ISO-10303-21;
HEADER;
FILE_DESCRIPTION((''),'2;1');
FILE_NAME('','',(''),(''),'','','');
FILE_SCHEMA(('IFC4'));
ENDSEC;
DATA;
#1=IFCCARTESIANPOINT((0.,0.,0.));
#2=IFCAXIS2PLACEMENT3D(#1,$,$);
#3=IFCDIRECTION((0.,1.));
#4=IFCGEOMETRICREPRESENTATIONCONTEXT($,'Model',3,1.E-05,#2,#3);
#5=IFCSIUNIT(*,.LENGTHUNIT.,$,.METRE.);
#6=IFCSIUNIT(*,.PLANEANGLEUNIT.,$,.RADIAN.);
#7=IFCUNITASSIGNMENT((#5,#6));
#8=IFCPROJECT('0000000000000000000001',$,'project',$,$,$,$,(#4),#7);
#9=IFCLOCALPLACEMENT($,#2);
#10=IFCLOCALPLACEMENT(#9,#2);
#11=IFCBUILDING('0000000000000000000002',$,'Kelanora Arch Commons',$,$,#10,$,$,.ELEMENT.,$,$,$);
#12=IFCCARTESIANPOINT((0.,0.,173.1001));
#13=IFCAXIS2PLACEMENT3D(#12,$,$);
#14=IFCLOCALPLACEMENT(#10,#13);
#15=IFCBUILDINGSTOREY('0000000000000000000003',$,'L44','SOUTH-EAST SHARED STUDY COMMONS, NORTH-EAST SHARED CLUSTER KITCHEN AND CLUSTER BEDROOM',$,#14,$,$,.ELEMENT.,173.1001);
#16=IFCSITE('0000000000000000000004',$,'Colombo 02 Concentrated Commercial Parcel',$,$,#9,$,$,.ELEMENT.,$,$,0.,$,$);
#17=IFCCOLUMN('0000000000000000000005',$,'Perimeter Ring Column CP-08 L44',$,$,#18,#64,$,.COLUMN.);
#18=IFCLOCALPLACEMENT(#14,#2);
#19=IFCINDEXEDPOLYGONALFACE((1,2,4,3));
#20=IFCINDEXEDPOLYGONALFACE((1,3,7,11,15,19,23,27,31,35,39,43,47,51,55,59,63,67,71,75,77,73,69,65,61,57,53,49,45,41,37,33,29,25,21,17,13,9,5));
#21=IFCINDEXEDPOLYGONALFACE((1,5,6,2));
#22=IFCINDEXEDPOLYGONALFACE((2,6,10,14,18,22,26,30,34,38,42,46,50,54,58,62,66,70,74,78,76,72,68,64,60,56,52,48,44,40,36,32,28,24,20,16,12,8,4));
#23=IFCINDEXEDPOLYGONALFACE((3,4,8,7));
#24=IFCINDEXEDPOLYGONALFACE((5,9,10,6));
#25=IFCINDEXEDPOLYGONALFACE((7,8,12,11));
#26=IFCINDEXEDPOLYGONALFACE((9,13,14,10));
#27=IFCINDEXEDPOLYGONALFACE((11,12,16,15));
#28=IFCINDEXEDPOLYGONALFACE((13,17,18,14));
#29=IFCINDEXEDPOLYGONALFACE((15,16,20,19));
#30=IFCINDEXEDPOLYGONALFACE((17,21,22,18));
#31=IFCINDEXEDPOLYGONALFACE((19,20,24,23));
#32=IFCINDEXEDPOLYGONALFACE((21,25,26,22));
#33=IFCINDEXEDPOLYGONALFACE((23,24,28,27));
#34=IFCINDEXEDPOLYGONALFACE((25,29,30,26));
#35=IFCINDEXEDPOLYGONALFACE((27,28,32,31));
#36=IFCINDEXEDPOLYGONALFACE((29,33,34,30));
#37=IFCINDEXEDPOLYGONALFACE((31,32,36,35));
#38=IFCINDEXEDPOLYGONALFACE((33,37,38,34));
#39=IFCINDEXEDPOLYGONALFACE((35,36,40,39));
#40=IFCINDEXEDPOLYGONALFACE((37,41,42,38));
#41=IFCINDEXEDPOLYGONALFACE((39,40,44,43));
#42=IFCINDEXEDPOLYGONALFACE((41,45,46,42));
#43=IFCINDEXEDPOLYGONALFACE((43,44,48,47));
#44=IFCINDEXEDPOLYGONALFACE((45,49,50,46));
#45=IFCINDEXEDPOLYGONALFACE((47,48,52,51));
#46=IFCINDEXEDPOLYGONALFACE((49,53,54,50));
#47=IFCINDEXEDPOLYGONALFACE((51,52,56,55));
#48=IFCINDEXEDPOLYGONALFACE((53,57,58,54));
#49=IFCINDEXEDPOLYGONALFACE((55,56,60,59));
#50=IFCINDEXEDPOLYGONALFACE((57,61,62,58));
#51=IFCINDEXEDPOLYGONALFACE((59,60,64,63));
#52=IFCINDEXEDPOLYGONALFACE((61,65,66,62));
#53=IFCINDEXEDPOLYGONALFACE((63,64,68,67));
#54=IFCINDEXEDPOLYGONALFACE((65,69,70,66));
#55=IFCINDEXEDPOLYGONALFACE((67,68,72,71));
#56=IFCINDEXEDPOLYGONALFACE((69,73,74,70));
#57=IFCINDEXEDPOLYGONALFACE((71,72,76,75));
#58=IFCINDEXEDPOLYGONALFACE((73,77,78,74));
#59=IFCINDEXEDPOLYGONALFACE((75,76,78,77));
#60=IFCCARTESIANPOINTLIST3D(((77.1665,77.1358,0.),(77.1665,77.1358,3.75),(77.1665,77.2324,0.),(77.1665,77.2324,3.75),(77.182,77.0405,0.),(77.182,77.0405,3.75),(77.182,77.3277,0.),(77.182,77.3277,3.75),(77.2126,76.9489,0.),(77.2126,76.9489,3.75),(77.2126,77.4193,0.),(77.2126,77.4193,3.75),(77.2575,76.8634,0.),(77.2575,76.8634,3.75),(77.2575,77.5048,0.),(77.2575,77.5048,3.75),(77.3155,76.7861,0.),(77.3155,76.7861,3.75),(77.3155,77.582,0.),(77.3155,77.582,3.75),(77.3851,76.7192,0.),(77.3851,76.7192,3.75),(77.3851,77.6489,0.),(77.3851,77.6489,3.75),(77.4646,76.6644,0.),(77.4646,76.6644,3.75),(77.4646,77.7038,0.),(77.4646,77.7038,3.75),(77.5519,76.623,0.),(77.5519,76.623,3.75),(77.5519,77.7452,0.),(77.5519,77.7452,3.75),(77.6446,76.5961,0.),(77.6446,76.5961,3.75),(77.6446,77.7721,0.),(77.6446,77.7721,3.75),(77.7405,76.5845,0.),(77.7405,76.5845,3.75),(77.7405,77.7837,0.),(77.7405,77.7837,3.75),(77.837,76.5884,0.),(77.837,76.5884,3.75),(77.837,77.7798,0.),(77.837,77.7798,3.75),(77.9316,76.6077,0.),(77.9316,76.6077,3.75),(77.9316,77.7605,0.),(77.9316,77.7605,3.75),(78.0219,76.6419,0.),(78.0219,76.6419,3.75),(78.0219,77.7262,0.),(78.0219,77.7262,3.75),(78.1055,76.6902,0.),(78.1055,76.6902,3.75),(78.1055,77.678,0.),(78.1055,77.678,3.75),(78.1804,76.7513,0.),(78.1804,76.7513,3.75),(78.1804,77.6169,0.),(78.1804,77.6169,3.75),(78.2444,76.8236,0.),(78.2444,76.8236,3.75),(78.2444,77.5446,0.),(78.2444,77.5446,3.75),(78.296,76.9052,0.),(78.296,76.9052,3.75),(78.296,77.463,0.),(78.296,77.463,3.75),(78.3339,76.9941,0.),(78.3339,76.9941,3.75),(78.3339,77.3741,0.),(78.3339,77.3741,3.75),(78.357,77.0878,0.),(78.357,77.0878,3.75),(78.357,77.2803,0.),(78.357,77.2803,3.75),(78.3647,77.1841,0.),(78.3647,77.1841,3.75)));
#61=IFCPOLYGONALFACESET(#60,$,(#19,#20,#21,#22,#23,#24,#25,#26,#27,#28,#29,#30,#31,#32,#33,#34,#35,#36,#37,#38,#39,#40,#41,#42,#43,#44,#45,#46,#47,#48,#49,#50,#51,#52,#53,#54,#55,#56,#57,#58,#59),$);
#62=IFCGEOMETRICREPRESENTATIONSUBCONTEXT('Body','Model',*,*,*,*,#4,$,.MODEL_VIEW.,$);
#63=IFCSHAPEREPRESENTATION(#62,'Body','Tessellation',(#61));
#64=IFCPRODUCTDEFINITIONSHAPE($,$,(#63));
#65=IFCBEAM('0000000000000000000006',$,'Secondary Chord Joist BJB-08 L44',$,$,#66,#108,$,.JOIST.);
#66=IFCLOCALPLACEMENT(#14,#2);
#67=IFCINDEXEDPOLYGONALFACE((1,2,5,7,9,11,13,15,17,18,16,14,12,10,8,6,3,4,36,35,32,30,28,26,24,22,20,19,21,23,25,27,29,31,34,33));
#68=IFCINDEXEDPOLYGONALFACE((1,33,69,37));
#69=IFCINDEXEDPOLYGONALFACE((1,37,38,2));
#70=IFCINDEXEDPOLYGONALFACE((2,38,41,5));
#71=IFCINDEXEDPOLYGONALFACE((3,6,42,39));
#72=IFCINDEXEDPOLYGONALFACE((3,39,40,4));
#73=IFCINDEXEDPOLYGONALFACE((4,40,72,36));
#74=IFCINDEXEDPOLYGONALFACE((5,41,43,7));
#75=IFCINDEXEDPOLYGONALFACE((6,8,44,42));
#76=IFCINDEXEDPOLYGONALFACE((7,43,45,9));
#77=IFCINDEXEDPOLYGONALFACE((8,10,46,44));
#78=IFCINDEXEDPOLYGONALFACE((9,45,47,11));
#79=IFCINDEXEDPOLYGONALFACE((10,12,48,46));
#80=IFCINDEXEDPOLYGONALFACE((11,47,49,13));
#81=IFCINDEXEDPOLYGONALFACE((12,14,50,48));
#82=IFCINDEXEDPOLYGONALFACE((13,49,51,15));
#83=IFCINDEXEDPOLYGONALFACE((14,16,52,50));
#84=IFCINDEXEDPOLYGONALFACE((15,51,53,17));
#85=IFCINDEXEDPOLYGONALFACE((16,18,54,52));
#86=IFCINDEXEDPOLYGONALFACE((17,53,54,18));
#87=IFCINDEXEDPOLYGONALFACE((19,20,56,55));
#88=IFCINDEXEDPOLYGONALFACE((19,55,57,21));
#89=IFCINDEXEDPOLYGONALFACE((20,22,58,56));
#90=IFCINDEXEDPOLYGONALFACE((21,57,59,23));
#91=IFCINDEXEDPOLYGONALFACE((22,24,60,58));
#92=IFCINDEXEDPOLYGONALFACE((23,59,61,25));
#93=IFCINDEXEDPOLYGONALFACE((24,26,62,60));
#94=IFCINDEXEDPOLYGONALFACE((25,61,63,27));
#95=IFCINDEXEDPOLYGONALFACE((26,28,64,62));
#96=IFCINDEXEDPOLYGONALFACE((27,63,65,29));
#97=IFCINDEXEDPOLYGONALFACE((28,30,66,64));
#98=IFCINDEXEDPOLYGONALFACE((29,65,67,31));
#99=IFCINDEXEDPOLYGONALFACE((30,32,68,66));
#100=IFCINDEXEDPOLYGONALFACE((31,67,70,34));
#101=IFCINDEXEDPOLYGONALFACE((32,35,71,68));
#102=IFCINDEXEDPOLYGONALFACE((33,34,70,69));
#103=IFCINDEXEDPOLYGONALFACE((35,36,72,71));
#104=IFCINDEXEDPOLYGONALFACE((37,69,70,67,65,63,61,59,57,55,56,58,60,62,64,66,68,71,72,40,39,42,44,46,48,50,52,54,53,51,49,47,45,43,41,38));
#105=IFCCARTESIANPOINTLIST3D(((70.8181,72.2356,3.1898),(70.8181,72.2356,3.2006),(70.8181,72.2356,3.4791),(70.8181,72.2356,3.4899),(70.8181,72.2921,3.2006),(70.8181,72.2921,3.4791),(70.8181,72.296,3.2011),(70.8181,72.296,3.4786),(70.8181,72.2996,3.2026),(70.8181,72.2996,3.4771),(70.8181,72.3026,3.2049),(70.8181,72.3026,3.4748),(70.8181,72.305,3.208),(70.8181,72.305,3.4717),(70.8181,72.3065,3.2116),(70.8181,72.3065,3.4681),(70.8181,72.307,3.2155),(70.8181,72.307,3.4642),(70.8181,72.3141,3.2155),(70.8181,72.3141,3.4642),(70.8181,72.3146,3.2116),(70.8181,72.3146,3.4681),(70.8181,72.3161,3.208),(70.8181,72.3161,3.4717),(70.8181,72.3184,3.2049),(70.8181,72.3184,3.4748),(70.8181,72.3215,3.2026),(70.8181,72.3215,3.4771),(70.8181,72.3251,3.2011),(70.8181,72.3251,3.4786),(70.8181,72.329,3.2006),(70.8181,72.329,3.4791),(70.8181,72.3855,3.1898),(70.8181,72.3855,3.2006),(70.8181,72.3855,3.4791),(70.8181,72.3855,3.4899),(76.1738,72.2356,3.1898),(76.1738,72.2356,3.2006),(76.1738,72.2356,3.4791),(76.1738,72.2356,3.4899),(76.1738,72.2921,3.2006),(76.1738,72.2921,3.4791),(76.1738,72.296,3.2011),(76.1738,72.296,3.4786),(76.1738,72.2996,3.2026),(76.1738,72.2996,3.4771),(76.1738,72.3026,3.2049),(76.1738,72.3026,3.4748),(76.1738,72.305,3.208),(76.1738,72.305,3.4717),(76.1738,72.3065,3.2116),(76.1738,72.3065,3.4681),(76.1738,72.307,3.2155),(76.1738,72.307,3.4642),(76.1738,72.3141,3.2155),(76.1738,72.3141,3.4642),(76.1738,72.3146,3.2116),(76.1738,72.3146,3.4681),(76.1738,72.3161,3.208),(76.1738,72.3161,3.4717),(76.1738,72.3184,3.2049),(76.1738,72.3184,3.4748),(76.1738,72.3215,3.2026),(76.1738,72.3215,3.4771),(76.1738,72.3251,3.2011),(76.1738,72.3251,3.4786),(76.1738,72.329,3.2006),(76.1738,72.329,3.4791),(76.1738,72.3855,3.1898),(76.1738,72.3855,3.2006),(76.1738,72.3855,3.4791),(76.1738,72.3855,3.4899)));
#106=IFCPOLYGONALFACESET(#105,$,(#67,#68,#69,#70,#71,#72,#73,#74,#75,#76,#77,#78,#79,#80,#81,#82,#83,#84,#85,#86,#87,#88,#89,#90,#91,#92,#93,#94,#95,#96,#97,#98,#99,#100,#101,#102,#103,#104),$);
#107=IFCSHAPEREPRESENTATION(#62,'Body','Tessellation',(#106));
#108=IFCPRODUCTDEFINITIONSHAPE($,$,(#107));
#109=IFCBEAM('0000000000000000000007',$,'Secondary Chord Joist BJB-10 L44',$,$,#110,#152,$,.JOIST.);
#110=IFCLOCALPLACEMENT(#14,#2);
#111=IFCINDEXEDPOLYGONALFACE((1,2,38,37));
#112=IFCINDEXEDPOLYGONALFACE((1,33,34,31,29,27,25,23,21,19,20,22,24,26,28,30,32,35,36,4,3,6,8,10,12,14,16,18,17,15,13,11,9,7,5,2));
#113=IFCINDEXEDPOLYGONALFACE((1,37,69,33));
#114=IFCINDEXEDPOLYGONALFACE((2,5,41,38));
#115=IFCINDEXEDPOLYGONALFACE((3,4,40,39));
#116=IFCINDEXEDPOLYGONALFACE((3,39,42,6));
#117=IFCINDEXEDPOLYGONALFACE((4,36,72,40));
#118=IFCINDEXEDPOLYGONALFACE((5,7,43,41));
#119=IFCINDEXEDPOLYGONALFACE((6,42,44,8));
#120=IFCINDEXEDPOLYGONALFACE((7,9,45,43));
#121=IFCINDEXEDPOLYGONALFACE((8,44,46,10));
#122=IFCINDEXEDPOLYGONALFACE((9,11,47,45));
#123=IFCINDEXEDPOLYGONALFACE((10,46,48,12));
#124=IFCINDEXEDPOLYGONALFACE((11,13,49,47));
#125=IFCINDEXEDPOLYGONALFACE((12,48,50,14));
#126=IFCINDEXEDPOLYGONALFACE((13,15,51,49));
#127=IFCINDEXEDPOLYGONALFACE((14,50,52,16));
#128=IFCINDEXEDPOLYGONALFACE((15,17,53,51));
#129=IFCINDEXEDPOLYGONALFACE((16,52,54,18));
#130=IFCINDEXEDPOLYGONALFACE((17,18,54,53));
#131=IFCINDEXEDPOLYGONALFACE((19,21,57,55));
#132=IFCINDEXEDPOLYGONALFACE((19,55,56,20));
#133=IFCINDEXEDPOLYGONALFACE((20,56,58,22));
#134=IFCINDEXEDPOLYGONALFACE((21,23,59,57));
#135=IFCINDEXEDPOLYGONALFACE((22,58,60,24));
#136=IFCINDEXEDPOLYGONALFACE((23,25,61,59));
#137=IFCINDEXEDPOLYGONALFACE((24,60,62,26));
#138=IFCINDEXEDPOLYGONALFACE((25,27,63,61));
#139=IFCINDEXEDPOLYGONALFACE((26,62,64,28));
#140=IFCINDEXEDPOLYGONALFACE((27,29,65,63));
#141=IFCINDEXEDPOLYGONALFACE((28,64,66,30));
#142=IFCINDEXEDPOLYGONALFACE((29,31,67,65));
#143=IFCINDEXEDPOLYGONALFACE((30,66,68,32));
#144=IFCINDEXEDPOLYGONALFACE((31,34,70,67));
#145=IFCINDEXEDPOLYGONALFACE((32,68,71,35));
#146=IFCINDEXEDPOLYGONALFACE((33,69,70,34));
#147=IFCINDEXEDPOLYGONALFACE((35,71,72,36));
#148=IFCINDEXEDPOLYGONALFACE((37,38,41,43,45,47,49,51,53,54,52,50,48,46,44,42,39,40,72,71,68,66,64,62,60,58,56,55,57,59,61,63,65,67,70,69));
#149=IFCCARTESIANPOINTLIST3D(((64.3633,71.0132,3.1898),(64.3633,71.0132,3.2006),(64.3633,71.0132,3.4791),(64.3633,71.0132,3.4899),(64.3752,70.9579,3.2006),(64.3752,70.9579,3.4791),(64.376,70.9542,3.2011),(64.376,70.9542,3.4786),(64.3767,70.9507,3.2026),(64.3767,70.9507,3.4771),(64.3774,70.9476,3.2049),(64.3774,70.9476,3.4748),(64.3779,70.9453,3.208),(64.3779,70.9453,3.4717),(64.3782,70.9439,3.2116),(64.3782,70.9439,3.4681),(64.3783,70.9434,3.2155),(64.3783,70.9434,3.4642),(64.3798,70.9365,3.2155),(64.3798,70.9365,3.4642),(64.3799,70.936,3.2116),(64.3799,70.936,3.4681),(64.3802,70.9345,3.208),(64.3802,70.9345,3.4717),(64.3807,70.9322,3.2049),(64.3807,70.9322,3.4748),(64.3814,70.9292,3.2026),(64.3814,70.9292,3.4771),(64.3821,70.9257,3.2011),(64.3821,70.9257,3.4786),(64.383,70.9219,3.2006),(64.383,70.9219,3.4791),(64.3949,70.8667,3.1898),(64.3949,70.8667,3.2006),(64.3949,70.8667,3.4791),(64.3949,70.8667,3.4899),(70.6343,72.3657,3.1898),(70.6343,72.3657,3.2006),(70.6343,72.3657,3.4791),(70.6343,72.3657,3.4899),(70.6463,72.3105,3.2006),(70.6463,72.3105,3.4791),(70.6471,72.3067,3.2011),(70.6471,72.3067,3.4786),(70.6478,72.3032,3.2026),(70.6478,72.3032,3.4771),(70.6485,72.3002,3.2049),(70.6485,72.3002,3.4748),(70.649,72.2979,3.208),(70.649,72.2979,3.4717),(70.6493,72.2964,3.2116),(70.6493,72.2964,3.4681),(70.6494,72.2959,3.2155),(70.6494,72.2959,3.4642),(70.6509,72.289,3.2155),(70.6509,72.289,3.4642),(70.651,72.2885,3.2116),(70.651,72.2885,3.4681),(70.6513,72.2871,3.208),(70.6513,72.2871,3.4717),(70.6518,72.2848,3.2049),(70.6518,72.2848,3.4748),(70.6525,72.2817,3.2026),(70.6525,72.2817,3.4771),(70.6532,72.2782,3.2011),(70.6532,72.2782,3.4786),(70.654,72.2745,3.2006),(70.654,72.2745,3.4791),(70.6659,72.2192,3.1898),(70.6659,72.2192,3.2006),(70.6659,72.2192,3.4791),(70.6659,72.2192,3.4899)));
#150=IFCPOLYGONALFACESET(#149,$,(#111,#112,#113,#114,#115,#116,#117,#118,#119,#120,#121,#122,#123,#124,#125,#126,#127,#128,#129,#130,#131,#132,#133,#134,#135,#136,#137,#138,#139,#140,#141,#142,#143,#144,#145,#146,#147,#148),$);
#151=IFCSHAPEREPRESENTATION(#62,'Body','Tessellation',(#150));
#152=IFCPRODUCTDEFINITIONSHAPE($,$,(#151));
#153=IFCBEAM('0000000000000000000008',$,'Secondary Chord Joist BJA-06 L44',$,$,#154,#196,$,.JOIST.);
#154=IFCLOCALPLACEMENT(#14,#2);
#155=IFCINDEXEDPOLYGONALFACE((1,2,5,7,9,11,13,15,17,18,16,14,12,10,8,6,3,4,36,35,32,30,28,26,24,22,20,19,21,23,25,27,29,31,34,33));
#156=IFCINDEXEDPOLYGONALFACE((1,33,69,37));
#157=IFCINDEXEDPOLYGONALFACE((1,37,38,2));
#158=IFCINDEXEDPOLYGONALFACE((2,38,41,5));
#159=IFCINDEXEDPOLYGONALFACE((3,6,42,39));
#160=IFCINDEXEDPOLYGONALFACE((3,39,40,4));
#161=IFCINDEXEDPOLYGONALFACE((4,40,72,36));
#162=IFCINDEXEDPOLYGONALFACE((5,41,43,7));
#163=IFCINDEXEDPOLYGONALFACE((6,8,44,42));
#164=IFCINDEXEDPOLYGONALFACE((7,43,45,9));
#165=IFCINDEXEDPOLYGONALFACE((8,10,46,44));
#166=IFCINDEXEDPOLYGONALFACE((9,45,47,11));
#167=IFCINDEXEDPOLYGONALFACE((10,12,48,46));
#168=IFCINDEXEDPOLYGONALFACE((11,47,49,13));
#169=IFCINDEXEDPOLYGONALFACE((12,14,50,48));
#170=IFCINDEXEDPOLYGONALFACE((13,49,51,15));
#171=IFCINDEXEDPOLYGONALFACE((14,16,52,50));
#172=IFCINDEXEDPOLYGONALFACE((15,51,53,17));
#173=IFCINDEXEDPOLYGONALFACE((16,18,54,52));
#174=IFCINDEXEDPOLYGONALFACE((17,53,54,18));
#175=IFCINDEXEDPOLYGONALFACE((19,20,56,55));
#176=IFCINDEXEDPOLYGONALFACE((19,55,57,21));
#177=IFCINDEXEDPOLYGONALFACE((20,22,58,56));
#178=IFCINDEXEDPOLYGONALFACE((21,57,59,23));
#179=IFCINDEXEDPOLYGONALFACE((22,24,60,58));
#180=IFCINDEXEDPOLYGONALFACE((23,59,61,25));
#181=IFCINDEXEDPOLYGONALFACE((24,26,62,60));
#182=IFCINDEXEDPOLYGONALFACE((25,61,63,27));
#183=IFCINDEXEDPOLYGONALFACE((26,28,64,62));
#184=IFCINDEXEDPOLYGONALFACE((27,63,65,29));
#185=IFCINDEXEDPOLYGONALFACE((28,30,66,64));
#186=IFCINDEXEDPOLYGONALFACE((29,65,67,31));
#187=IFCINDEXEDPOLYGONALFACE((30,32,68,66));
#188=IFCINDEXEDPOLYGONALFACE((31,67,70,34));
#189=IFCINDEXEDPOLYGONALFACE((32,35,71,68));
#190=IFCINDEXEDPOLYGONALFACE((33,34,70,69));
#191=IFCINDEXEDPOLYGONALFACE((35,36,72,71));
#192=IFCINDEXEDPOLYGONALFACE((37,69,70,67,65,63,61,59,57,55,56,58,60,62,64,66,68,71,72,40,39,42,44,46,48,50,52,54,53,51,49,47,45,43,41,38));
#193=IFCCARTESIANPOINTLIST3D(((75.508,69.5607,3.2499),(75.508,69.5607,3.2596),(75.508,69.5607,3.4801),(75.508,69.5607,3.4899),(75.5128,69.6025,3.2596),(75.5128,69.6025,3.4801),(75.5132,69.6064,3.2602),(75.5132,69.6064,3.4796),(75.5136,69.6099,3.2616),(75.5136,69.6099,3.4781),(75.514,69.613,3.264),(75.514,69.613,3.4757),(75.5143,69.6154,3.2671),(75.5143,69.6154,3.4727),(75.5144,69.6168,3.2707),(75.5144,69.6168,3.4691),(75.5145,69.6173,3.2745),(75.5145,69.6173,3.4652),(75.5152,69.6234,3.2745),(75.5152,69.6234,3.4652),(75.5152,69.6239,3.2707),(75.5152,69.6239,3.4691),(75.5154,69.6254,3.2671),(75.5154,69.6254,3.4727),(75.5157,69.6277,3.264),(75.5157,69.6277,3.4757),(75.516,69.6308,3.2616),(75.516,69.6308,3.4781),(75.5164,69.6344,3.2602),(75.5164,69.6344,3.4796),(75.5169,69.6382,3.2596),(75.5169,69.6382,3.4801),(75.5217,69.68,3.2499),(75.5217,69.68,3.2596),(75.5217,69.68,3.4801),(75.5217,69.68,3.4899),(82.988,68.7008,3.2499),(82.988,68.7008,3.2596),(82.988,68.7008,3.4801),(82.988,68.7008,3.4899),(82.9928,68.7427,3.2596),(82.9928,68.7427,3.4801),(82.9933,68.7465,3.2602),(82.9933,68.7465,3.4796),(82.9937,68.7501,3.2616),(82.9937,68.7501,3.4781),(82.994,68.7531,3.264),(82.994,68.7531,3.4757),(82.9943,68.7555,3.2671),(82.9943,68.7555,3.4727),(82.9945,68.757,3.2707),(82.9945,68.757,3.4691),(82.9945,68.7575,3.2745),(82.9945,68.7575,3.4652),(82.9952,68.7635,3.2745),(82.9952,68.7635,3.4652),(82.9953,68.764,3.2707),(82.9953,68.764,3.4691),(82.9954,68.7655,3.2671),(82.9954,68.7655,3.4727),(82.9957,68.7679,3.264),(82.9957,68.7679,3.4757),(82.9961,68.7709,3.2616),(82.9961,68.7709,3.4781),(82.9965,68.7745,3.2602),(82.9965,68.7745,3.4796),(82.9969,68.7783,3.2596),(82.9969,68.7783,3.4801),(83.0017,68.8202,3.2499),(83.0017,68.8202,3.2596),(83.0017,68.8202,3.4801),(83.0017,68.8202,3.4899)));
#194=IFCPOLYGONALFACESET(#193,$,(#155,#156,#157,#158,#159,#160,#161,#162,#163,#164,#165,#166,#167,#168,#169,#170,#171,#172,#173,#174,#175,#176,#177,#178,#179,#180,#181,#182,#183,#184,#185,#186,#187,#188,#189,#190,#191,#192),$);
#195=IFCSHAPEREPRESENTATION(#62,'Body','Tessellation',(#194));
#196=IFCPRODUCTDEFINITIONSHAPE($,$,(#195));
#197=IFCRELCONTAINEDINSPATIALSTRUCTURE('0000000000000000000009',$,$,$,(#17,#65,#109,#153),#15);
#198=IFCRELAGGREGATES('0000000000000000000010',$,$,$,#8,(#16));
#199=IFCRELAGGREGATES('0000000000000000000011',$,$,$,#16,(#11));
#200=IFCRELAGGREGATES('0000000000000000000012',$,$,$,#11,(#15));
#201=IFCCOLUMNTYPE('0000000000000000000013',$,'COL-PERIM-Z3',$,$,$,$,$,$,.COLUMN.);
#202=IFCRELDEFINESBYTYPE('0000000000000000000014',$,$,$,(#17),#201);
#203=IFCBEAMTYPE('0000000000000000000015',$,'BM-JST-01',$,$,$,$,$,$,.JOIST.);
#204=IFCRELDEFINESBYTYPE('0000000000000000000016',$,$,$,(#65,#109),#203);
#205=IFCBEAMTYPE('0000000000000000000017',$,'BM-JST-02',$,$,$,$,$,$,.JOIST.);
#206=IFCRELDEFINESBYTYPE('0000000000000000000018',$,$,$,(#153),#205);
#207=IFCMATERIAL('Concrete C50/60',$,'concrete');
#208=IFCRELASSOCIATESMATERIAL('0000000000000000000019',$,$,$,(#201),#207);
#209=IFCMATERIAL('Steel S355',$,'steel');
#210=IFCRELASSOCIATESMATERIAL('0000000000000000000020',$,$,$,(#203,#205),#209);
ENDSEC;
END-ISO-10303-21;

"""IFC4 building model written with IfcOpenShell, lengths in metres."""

from ifc_helpers import new_model, si_unit, direction, frame, origin, origin_2d, place, context, subcontext, project, spatial, circle, i_section, extrude, material, material_profile, profile_set, type_object, element, save


model = new_model("IFC4")

# Units and contexts
model_context = context("Model", 3, precision=1e-05, world=origin(), true_north=direction((0.0, 1.0)))
body_context = subcontext(model_context, "Body", "Model", "MODEL_VIEW")
ifc_project = project(units=[si_unit("LENGTHUNIT", "METRE"), si_unit("PLANEANGLEUNIT", "RADIAN")], contexts=[model_context])

# Site, building, storey
site_placement = place(None, origin())
site = spatial("IfcSite", under=ifc_project, at=site_placement, Name="Colombo 02 Concentrated Commercial Parcel", CompositionType="ELEMENT", RefElevation=0.0)
building_placement = place(site_placement, origin())
building = spatial("IfcBuilding", under=site, at=building_placement, Name="Kelanora Arch Commons", CompositionType="ELEMENT")
storey_placement = place(building_placement, frame((0.0, 0.0, 173.1001)))
storey = spatial("IfcBuildingStorey", under=building, at=storey_placement, Name="L44", Description="SOUTH-EAST SHARED STUDY COMMONS, NORTH-EAST SHARED CLUSTER KITCHEN AND CLUSTER BEDROOM", CompositionType="ELEMENT", Elevation=173.1001)

# Column
ifc_material_1 = material(Name="Concrete C50/60", Category="concrete")
ifc_material_profile_1 = material_profile(ifc_material_1, circle(Radius=0.6001, at=origin_2d()), Name="RCC1200")
ifc_profile_set_1 = profile_set([ifc_material_profile_1], Name="Concrete C50/60")
column_type = type_object("IfcColumnType", Name="COL-PERIM-Z3", PredefinedType="COLUMN", material=ifc_profile_set_1)
column_placement = place(storey_placement, frame((77.7646, 77.1841, 0.0), z_axis=(0.0, 0.0, 1.0), x_axis=(1.0, 0.0, 0.0)))
element("IfcColumn", 1, at=column_placement, inside=storey, type_object=column_type, Name="Perimeter Ring Column CP-08 L44", PredefinedType="COLUMN", context=body_context, shape_type="SweptSolid", body=[
    extrude(circle(Radius=0.6001, at=origin_2d()), origin(), (0.0, 0.0, 1.0), 3.75),
])

# Beams
ifc_material_2 = material(Name="Steel S355", Category="steel")
ifc_material_profile_2 = material_profile(ifc_material_2, i_section(OverallWidth=0.1499, OverallDepth=0.3, WebThickness=0.0071, FlangeThickness=0.0107, FilletRadius=0.0149, at=origin_2d()), Name="IPE300")
ifc_profile_set_2 = profile_set([ifc_material_profile_2], Name="Steel S355")
beam_type_1 = type_object("IfcBeamType", Name="BM-JST-01", PredefinedType="JOIST", material=ifc_profile_set_2)
beam_1_placement = place(storey_placement, frame((76.1738, 72.3105, 3.3398), z_axis=(-1.0, 0.0, 0.0), x_axis=(0.0, -1.0, 0.0)))
element("IfcBeam", 2, at=beam_1_placement, inside=storey, type_object=beam_type_1, Name="Secondary Chord Joist BJB-08 L44", PredefinedType="JOIST", context=body_context, shape_type="SweptSolid", body=[
    extrude(i_section(OverallWidth=0.1499, OverallDepth=0.3, WebThickness=0.0071, FlangeThickness=0.0107, FilletRadius=0.0149, at=origin_2d()), origin(), (0.0, 0.0, 1.0), 5.3557),
])
beam_2_placement = place(storey_placement, frame((70.6501, 72.2925, 3.3398), z_axis=(-0.977522, -0.210834, 0.0), x_axis=(0.210834, -0.977522, 0.0)))
element("IfcBeam", 3, at=beam_2_placement, inside=storey, type_object=beam_type_1, Name="Secondary Chord Joist BJB-10 L44", PredefinedType="JOIST", context=body_context, shape_type="SweptSolid", body=[
    extrude(i_section(OverallWidth=0.1499, OverallDepth=0.3, WebThickness=0.0071, FlangeThickness=0.0107, FilletRadius=0.0149, at=origin_2d()), origin(), (0.0, 0.0, 1.0), 6.4153),
])
ifc_material_profile_3 = material_profile(ifc_material_2, i_section(OverallWidth=0.1201, OverallDepth=0.24, WebThickness=0.0061, FlangeThickness=0.0098, FilletRadius=0.0149, at=origin_2d()), Name="IPE240")
ifc_profile_set_3 = profile_set([ifc_material_profile_3], Name="Steel S355")
beam_type_2 = type_object("IfcBeamType", Name="BM-JST-02", PredefinedType="JOIST", material=ifc_profile_set_3)
beam_3_placement = place(storey_placement, frame((82.9949, 68.7605, 3.3699), z_axis=(-0.993457, 0.114203, 0.0), x_axis=(-0.114203, -0.993457, 0.0)))
element("IfcBeam", 4, at=beam_3_placement, inside=storey, type_object=beam_type_2, Name="Secondary Chord Joist BJA-06 L44", PredefinedType="JOIST", context=body_context, shape_type="SweptSolid", body=[
    extrude(i_section(OverallWidth=0.1201, OverallDepth=0.24, WebThickness=0.0061, FlangeThickness=0.0098, FilletRadius=0.0149, at=origin_2d()), origin(), (0.0, 0.0, 1.0), 7.5293),
])

save(model, "model.ifc")
